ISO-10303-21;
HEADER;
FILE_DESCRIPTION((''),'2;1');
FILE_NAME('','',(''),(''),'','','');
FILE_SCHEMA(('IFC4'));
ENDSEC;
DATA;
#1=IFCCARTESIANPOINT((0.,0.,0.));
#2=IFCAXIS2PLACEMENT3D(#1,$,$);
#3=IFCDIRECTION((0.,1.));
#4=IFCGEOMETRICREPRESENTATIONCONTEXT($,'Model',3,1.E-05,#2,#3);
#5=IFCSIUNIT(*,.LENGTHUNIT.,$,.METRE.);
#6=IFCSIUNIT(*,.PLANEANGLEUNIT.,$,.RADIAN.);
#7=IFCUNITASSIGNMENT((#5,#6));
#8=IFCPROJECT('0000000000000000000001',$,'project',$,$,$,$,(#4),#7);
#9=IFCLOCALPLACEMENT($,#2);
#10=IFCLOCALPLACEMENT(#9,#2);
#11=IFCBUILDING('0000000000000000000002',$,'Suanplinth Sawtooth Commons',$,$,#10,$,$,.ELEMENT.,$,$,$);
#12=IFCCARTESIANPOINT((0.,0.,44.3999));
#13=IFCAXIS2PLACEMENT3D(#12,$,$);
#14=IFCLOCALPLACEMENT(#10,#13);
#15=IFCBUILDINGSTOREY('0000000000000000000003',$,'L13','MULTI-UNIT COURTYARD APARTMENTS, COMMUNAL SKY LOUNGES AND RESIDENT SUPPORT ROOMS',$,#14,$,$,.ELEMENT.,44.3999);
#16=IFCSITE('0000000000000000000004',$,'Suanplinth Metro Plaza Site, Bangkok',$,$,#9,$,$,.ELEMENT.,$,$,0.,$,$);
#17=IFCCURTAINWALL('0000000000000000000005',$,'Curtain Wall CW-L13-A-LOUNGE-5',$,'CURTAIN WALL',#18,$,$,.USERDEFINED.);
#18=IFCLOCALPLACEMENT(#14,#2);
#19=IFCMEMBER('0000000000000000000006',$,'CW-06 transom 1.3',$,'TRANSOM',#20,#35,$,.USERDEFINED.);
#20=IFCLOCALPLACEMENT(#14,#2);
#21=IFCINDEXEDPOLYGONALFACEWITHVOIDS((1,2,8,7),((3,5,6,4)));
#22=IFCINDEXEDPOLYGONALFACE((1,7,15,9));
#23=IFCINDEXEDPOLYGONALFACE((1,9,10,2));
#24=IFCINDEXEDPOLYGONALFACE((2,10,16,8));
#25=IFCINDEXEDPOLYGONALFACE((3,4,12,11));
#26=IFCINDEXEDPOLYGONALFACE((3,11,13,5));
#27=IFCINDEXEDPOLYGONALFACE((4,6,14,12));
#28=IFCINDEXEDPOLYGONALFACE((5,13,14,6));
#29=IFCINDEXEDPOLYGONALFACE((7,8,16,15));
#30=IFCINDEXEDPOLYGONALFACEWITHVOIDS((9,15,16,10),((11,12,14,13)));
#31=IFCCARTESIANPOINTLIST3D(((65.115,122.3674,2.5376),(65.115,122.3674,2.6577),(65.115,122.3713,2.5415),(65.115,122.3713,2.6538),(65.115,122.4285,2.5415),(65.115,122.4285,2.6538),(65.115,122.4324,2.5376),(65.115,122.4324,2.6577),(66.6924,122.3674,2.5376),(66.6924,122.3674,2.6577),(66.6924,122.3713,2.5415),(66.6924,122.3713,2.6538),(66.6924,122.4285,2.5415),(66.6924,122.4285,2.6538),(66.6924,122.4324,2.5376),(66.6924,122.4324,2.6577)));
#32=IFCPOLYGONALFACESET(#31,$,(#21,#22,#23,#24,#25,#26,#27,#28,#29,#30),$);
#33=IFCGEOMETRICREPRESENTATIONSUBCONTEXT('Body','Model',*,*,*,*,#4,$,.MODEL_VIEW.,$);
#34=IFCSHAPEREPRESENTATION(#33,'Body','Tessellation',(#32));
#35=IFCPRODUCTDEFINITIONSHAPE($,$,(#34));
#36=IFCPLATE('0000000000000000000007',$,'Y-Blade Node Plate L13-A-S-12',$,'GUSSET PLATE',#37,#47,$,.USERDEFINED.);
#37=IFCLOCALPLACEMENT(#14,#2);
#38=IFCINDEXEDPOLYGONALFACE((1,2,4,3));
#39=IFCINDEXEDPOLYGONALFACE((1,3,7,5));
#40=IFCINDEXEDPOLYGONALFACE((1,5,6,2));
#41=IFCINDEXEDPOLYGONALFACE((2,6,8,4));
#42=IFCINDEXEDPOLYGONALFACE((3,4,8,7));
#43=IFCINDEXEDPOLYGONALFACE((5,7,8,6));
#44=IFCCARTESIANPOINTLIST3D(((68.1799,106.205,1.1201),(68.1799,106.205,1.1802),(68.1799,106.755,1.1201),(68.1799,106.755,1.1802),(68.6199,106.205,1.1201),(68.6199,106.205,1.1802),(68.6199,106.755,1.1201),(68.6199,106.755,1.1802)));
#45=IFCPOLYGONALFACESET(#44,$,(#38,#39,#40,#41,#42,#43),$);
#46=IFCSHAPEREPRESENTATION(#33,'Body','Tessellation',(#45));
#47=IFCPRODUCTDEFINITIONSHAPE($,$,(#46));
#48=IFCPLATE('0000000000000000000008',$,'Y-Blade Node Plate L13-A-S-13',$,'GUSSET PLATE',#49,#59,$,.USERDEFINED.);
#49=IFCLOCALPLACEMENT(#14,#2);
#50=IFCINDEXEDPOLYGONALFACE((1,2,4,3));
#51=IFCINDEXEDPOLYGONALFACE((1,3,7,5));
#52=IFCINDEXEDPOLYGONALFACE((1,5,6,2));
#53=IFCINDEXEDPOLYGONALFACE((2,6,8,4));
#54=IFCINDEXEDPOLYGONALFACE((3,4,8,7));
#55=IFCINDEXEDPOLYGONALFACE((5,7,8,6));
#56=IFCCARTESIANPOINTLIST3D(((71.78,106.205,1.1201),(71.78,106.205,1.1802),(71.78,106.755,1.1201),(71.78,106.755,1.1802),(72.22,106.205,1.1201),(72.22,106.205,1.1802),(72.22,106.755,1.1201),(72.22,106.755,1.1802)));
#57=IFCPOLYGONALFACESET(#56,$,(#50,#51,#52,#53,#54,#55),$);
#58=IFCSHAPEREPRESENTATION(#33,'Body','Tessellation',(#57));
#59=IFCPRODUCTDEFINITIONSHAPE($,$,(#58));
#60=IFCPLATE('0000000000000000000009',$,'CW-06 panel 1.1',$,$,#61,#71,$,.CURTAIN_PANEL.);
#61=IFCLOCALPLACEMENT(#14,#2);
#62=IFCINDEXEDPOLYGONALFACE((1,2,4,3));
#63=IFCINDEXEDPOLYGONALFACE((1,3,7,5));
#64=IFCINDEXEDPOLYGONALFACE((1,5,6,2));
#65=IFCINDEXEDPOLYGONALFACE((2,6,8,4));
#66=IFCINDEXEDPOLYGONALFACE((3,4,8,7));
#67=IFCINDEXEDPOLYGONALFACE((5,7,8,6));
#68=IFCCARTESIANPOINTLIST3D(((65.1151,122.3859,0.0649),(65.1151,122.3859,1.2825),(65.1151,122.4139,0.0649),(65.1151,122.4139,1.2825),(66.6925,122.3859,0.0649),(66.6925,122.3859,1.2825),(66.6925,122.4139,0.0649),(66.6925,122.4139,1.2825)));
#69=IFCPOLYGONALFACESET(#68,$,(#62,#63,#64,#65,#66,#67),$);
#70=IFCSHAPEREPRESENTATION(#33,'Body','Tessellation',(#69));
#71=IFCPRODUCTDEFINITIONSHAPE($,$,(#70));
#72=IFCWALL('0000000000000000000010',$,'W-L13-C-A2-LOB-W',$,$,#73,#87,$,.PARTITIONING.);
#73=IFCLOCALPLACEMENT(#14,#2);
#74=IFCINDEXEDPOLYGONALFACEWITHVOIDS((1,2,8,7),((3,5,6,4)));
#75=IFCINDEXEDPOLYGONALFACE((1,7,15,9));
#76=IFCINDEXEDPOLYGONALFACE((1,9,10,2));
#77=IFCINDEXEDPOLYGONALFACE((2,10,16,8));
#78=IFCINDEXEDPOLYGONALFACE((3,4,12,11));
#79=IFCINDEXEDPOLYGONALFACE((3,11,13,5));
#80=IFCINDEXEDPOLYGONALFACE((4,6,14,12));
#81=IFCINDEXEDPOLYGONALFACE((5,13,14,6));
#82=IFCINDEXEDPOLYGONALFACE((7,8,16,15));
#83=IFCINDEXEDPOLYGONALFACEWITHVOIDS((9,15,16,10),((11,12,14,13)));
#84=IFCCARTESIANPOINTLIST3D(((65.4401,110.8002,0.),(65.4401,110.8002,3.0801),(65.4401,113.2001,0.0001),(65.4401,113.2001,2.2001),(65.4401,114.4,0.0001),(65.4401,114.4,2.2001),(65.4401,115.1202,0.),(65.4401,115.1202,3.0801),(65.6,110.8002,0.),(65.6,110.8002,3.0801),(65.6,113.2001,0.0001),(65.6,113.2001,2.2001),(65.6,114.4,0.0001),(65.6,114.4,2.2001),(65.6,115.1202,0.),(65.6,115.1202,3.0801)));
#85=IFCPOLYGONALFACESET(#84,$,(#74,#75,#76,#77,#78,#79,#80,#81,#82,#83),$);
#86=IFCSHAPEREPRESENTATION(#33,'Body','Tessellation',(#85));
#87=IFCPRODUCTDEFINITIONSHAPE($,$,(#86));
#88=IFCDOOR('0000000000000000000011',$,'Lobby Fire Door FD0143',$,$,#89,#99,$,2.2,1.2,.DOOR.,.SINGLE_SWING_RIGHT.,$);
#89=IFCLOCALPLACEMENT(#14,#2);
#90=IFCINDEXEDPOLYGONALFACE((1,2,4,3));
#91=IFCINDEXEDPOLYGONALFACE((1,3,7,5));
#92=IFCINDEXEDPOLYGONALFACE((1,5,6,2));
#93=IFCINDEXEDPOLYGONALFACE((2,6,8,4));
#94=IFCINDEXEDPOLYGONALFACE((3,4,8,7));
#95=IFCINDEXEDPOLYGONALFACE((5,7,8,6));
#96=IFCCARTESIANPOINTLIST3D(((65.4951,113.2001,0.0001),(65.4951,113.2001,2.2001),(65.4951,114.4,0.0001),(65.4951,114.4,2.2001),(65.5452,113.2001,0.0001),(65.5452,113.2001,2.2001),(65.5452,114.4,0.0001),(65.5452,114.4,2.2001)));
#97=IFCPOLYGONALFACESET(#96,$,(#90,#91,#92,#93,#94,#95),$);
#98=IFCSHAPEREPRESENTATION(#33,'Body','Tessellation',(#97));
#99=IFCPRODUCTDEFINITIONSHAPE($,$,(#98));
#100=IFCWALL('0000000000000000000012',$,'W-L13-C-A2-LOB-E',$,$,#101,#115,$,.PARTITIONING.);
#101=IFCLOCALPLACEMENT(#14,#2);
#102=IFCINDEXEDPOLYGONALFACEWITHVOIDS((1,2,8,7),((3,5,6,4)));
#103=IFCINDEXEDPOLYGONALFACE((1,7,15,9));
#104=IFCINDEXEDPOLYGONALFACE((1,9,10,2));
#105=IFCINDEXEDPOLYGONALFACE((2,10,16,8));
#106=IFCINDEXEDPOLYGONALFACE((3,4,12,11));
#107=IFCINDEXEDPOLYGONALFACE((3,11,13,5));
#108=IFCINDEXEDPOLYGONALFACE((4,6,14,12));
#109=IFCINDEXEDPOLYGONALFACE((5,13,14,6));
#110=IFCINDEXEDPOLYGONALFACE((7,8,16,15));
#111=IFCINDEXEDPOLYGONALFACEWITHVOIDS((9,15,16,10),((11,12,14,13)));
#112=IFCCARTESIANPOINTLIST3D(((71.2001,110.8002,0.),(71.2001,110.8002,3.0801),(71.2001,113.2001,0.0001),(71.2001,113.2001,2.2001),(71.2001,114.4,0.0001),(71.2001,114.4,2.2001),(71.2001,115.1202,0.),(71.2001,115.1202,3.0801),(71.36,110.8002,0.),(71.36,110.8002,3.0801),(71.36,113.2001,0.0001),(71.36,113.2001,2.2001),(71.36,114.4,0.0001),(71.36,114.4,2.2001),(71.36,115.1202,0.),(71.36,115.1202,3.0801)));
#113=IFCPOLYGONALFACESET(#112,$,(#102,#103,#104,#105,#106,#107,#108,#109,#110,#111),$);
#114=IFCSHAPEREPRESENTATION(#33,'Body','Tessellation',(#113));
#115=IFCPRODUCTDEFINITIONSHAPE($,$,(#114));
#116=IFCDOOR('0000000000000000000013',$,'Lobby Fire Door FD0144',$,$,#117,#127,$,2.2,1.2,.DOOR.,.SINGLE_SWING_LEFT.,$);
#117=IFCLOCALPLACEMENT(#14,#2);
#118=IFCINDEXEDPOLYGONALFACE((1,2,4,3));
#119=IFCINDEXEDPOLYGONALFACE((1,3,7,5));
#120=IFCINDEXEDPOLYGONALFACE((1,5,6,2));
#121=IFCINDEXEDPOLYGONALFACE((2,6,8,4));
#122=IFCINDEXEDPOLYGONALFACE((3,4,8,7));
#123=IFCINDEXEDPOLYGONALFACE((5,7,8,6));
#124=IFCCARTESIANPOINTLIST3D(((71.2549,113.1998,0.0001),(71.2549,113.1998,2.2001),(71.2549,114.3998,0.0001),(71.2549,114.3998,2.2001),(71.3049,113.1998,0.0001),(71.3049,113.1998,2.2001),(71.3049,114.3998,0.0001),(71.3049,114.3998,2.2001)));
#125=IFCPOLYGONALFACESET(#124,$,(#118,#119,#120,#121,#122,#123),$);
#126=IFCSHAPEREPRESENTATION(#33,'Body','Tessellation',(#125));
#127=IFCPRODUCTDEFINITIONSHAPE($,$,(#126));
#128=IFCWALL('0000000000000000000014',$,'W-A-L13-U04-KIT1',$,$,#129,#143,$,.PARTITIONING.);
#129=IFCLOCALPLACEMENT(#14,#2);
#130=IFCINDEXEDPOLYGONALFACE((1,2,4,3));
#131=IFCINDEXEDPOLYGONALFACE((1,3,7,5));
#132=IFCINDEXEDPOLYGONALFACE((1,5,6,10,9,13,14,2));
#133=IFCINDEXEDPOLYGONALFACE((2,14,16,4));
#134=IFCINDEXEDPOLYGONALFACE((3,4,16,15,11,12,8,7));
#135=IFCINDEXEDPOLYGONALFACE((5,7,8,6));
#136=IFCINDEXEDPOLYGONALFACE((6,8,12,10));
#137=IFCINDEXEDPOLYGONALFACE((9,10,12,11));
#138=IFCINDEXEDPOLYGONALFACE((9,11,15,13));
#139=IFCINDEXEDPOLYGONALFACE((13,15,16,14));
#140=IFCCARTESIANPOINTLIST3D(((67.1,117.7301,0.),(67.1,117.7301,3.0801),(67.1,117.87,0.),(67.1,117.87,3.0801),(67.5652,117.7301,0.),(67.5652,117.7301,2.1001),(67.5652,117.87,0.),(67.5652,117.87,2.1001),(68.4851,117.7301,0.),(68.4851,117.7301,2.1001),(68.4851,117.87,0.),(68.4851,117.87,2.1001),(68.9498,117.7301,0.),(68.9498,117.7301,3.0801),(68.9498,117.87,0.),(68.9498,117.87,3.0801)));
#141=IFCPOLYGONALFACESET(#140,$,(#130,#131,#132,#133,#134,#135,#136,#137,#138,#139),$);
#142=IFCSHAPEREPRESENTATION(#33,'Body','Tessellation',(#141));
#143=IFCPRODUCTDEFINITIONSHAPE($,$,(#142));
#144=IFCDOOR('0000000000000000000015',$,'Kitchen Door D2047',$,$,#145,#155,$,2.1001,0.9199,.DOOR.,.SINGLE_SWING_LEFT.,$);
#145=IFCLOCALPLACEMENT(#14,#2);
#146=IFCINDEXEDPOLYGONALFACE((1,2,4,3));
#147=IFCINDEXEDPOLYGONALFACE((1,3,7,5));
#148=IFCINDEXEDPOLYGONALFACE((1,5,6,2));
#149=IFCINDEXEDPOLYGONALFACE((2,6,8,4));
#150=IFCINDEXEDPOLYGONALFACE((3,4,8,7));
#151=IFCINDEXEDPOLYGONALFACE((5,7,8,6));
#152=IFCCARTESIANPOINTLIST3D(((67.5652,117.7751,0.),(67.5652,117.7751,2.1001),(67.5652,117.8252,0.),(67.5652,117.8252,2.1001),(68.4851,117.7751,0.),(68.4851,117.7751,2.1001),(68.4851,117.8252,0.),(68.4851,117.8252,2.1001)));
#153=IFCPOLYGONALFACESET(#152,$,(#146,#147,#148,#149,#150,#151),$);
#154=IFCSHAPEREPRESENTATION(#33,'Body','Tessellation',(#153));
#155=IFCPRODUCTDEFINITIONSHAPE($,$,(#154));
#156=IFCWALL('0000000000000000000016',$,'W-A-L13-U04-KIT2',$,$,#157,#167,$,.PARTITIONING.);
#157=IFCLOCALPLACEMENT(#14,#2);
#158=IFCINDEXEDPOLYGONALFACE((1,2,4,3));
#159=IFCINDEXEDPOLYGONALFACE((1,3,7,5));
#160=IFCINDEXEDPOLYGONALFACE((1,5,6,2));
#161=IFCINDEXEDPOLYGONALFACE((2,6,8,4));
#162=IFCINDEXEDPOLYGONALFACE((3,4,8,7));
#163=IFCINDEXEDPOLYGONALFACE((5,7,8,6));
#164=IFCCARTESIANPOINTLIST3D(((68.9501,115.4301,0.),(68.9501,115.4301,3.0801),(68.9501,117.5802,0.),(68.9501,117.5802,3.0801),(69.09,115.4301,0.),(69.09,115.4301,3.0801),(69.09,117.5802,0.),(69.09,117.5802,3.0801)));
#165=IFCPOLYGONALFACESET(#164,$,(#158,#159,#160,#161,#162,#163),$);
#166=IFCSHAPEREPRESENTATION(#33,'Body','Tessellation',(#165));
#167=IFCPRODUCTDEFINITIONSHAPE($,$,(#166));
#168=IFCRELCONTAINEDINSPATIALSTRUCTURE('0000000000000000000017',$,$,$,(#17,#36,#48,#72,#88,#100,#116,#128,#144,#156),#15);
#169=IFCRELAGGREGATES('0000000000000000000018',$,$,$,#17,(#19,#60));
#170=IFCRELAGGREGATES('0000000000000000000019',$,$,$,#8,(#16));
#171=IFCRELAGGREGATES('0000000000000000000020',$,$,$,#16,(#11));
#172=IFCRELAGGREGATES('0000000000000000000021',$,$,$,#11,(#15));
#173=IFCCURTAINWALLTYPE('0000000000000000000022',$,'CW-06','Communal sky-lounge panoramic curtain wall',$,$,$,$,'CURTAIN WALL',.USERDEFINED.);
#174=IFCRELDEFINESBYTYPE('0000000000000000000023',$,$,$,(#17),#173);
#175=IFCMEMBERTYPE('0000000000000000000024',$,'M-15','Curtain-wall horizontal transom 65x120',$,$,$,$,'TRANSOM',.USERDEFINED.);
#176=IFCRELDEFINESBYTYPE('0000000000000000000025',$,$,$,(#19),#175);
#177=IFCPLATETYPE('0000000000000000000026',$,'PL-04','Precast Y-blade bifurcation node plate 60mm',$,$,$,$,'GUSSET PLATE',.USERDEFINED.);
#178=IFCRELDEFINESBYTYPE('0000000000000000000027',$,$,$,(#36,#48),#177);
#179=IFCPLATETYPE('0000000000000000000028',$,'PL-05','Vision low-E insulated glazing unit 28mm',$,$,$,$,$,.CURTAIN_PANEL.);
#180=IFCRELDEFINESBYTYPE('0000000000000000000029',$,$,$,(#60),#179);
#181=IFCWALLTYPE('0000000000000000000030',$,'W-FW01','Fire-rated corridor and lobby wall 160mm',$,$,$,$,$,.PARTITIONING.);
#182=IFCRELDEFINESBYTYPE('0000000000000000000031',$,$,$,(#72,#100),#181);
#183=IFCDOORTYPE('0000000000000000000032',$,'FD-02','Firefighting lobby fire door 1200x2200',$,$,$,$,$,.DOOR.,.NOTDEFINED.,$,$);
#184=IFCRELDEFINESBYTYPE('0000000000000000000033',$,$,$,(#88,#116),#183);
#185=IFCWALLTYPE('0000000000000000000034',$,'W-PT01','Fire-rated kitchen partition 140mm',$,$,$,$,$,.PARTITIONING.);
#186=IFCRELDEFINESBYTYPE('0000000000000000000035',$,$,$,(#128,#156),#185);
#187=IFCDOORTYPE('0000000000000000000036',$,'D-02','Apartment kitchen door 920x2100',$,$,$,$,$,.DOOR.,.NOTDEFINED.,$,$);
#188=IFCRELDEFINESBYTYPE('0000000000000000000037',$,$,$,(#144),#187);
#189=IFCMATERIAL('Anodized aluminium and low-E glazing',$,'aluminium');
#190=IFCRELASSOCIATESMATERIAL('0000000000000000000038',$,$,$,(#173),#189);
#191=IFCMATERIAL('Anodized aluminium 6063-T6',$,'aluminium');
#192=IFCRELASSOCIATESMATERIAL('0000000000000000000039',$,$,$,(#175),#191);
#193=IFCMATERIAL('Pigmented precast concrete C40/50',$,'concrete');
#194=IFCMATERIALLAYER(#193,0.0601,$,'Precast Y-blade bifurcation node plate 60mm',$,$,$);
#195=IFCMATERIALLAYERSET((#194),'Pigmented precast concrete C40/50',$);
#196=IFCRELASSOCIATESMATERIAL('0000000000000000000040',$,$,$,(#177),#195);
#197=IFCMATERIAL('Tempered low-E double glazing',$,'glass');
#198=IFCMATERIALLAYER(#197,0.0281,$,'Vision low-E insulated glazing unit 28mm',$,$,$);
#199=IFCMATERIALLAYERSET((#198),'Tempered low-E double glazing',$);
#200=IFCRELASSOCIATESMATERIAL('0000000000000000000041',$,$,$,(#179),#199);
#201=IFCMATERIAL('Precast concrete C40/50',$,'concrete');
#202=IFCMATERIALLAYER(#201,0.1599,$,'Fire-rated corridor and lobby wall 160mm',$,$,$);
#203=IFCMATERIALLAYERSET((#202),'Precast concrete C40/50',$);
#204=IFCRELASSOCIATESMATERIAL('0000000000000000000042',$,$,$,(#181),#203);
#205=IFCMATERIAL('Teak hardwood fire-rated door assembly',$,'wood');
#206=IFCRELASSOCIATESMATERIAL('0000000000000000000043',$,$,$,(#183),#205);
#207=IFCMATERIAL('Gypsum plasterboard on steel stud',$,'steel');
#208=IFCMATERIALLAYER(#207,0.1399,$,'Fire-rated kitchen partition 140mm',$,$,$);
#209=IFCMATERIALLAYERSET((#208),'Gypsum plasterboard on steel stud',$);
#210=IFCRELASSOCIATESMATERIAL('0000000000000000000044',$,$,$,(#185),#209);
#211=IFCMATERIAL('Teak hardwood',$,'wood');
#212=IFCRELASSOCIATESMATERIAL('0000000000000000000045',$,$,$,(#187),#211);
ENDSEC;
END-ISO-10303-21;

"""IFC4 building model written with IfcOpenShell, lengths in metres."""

from ifc_helpers import new_model, si_unit, direction, frame, frame_2d, origin, origin_2d, place, context, subcontext, project, spatial, rectangle, hollow_rectangle, extrude, material, layer, layer_set, material_profile, profile_set, type_object, element, fill, aggregate, save


model = new_model("IFC4")

# Units and contexts
model_context = context("Model", 3, precision=1e-05, world=origin(), true_north=direction((0.0, 1.0)))
body_context = subcontext(model_context, "Body", "Model", "MODEL_VIEW")
ifc_project = project(units=[si_unit("LENGTHUNIT", "METRE"), si_unit("PLANEANGLEUNIT", "RADIAN")], contexts=[model_context])

# Site, building, storey
site_placement = place(None, origin())
site = spatial("IfcSite", under=ifc_project, at=site_placement, Name="Suanplinth Metro Plaza Site, Bangkok", CompositionType="ELEMENT", RefElevation=0.0)
building_placement = place(site_placement, origin())
building = spatial("IfcBuilding", under=site, at=building_placement, Name="Suanplinth Sawtooth Commons", CompositionType="ELEMENT")
storey_placement = place(building_placement, frame((0.0, 0.0, 44.3999)))
storey = spatial("IfcBuildingStorey", under=building, at=storey_placement, Name="L13", Description="MULTI-UNIT COURTYARD APARTMENTS, COMMUNAL SKY LOUNGES AND RESIDENT SUPPORT ROOMS", CompositionType="ELEMENT", Elevation=44.3999)

# Shared definitions
ifc_material_1 = material(Name="Precast concrete C40/50", Category="concrete")

# Shared definitions
ifc_material_2 = material(Name="Pigmented precast concrete C40/50", Category="concrete")

# Curtain wall, member
ifc_material_3 = material(Name="Anodized aluminium and low-E glazing", Category="aluminium")
curtain_wall_type = type_object("IfcCurtainWallType", Name="CW-06", Description="Communal sky-lounge panoramic curtain wall", ElementType="CURTAIN WALL", PredefinedType="USERDEFINED", material=ifc_material_3)
curtain_wall_placement = place(storey_placement, origin())
curtain_wall = element("IfcCurtainWall", 1, at=curtain_wall_placement, inside=storey, type_object=curtain_wall_type, Name="Curtain Wall CW-L13-A-LOUNGE-5", ObjectType="CURTAIN WALL", PredefinedType="USERDEFINED")
ifc_material_4 = material(Name="Anodized aluminium 6063-T6", Category="aluminium")
ifc_material_profile_1 = material_profile(ifc_material_4, hollow_rectangle(XDim=0.0649, YDim=0.1201, WallThickness=0.0039, at=origin_2d()), Name="ALU-TRN 65x120")
ifc_profile_set_1 = profile_set([ifc_material_profile_1], Name="Anodized aluminium 6063-T6")
member_type_1 = type_object("IfcMemberType", Name="M-15", Description="Curtain-wall horizontal transom 65x120", ElementType="TRANSOM", PredefinedType="USERDEFINED", material=ifc_profile_set_1)
member_1_placement = place(storey_placement, frame((65.115, 122.3999, 2.5977), z_axis=(1.0, 0.0, 0.0), x_axis=(0.0, 1.0, 0.0)))
member_1 = element("IfcMember", 2, at=member_1_placement, type_object=member_type_1, Name="CW-06 transom 1.3", ObjectType="TRANSOM", PredefinedType="USERDEFINED", context=body_context, shape_type="SweptSolid", body=[
    extrude(hollow_rectangle(XDim=0.0649, YDim=0.1201, WallThickness=0.0039, at=origin_2d()), origin(), (0.0, 0.0, 1.0), 1.5774),
])

# Plates
ifc_layer_1 = layer(ifc_material_2, 0.0601, Name="Precast Y-blade bifurcation node plate 60mm")
ifc_layer_set_1 = layer_set([ifc_layer_1], Name="Pigmented precast concrete C40/50")
plate_type_1 = type_object("IfcPlateType", Name="PL-04", Description="Precast Y-blade bifurcation node plate 60mm", ElementType="GUSSET PLATE", PredefinedType="USERDEFINED", material=ifc_layer_set_1)
for number, where, z_axis, x_axis, name in (
    (3, (68.3999, 106.48, 1.1201), (0.0, 0.0, 1.0), (1.0, 0.0, 0.0), "Y-Blade Node Plate L13-A-S-12"),
    (4, (72.0, 106.48, 1.1201), (0.0, 0.0, 1.0), (1.0, 0.0, 0.0), "Y-Blade Node Plate L13-A-S-13"),
):
    element("IfcPlate", number, at=place(storey_placement, frame(where, z_axis=z_axis, x_axis=x_axis)), inside=storey, type_object=plate_type_1, Name=name, ObjectType="GUSSET PLATE", PredefinedType="USERDEFINED", context=body_context, shape_type="SweptSolid", body=[
        extrude(rectangle(XDim=0.4399, YDim=0.55, at=origin_2d()), origin(), (0.0, 0.0, 1.0), 0.0601),
    ])

# Plate
ifc_material_5 = material(Name="Tempered low-E double glazing", Category="glass")
ifc_layer_2 = layer(ifc_material_5, 0.0281, Name="Vision low-E insulated glazing unit 28mm")
ifc_layer_set_2 = layer_set([ifc_layer_2], Name="Tempered low-E double glazing")
plate_type_2 = type_object("IfcPlateType", Name="PL-05", Description="Vision low-E insulated glazing unit 28mm", PredefinedType="CURTAIN_PANEL", material=ifc_layer_set_2)
plate_placement = place(storey_placement, frame((65.9038, 122.3999, 0.0649), z_axis=(0.0, 0.0, 1.0), x_axis=(1.0, 0.0, 0.0)))
plate = element("IfcPlate", 5, at=plate_placement, type_object=plate_type_2, Name="CW-06 panel 1.1", PredefinedType="CURTAIN_PANEL", context=body_context, shape_type="SweptSolid", body=[
    extrude(rectangle(XDim=1.5774, YDim=0.0281, at=origin_2d()), origin(), (0.0, 0.0, 1.0), 1.2175),
])
aggregate(curtain_wall, [member_1, plate])

# Walls, openings, doors
ifc_layer_3 = layer(ifc_material_1, 0.1599, Name="Fire-rated corridor and lobby wall 160mm")
ifc_layer_set_3 = layer_set([ifc_layer_3], Name="Precast concrete C40/50")
wall_type_1 = type_object("IfcWallType", Name="W-FW01", Description="Fire-rated corridor and lobby wall 160mm", PredefinedType="PARTITIONING", material=ifc_layer_set_3)
wall_1_placement = place(storey_placement, frame((65.52, 110.8, 0.0), z_axis=(0.0, 0.0, 1.0), x_axis=(0.0, 1.0, 0.0)))
wall_1 = element("IfcWall", 6, at=wall_1_placement, inside=storey, type_object=wall_type_1, Name="W-L13-C-A2-LOB-W", PredefinedType="PARTITIONING", context=body_context, shape_type="SweptSolid", body=[
    extrude(rectangle(XDim=4.3201, YDim=0.1599, at=frame_2d((2.1602, 0.0))), origin(), (0.0, 0.0, 1.0), 3.0801),
])
opening_1_placement = place(wall_1_placement, frame((2.3999, 0.0, 0.0)))
opening_1 = element("IfcOpeningElement", 7, at=opening_1_placement, cuts=wall_1, PredefinedType="OPENING", context=body_context, shape_type="SweptSolid", body=[
    extrude(rectangle(XDim=1.2, YDim=2.2, at=frame_2d((0.6001, 1.1001))), frame((0.0, 0.0947, 0.0), z_axis=(0.0, -1.0, 0.0), x_axis=(1.0, 0.0, 0.0)), (0.0, 0.0, 1.0), 0.1897),
])
ifc_material_6 = material(Name="Teak hardwood fire-rated door assembly", Category="wood")
door_type_1 = type_object("IfcDoorType", Name="FD-02", Description="Firefighting lobby fire door 1200x2200", OperationType="NOTDEFINED", PredefinedType="DOOR", material=ifc_material_6)
door_1_placement = place(opening_1_placement, origin())
door_1 = element("IfcDoor", 8, at=door_1_placement, inside=storey, type_object=door_type_1, Name="Lobby Fire Door FD0143", OperationType="SINGLE_SWING_RIGHT", OverallHeight=2.2, OverallWidth=1.2, PredefinedType="DOOR", context=body_context, shape_type="SweptSolid", body=[
    extrude(rectangle(XDim=1.2, YDim=2.2, at=frame_2d((0.6001, 1.1001))), frame((0.0, 0.0249, 0.0), z_axis=(0.0, -1.0, 0.0), x_axis=(1.0, 0.0, 0.0)), (0.0, 0.0, 1.0), 0.05),
])
fill(opening_1, door_1)
wall_2_placement = place(storey_placement, frame((71.28, 110.8, 0.0), z_axis=(0.0, 0.0, 1.0), x_axis=(0.0, 1.0, 0.0)))
wall_2 = element("IfcWall", 9, at=wall_2_placement, inside=storey, type_object=wall_type_1, Name="W-L13-C-A2-LOB-E", PredefinedType="PARTITIONING", context=body_context, shape_type="SweptSolid", body=[
    extrude(rectangle(XDim=4.3201, YDim=0.1599, at=frame_2d((2.1602, 0.0))), origin(), (0.0, 0.0, 1.0), 3.0801),
])
opening_2_placement = place(wall_2_placement, frame((2.3999, 0.0, 0.0)))
opening_2 = element("IfcOpeningElement", 10, at=opening_2_placement, cuts=wall_2, PredefinedType="OPENING", context=body_context, shape_type="SweptSolid", body=[
    extrude(rectangle(XDim=1.2, YDim=2.2, at=frame_2d((0.6001, 1.1001))), frame((0.0, 0.0947, 0.0), z_axis=(0.0, -1.0, 0.0), x_axis=(1.0, 0.0, 0.0)), (0.0, 0.0, 1.0), 0.1897),
])
door_2_placement = place(opening_2_placement, frame((1.2, 0.0, 0.0), z_axis=(0.0, 0.0, 1.0), x_axis=(-1.0, 0.0, 0.0)))
door_2 = element("IfcDoor", 11, at=door_2_placement, inside=storey, type_object=door_type_1, Name="Lobby Fire Door FD0144", OperationType="SINGLE_SWING_LEFT", OverallHeight=2.2, OverallWidth=1.2, PredefinedType="DOOR", context=body_context, shape_type="SweptSolid", body=[
    extrude(rectangle(XDim=1.2, YDim=2.2, at=frame_2d((0.6001, 1.1001))), frame((0.0, 0.0249, 0.0), z_axis=(0.0, -1.0, 0.0), x_axis=(1.0, 0.0, 0.0)), (0.0, 0.0, 1.0), 0.05),
])
fill(opening_2, door_2)
ifc_material_7 = material(Name="Gypsum plasterboard on steel stud", Category="steel")
ifc_layer_4 = layer(ifc_material_7, 0.1399, Name="Fire-rated kitchen partition 140mm")
ifc_layer_set_4 = layer_set([ifc_layer_4], Name="Gypsum plasterboard on steel stud")
wall_type_2 = type_object("IfcWallType", Name="W-PT01", Description="Fire-rated kitchen partition 140mm", PredefinedType="PARTITIONING", material=ifc_layer_set_4)
wall_3_placement = place(storey_placement, frame((67.1001, 117.8, 0.0), z_axis=(0.0, 0.0, 1.0), x_axis=(1.0, 0.0, 0.0)))
wall_3 = element("IfcWall", 12, at=wall_3_placement, inside=storey, type_object=wall_type_2, Name="W-A-L13-U04-KIT1", PredefinedType="PARTITIONING", context=body_context, shape_type="SweptSolid", body=[
    extrude(rectangle(XDim=1.8499, YDim=0.1399, at=frame_2d((0.9248, 0.0))), origin(), (0.0, 0.0, 1.0), 3.0801),
])
opening_3_placement = place(wall_3_placement, frame((0.4651, 0.0, 0.0)))
opening_3 = element("IfcOpeningElement", 13, at=opening_3_placement, cuts=wall_3, PredefinedType="OPENING", context=body_context, shape_type="SweptSolid", body=[
    extrude(rectangle(XDim=0.9199, YDim=2.1001, at=frame_2d((0.46, 1.05))), frame((0.0, 0.085, 0.0), z_axis=(0.0, -1.0, 0.0), x_axis=(1.0, 0.0, 0.0)), (0.0, 0.0, 1.0), 0.1697),
])
ifc_material_8 = material(Name="Teak hardwood", Category="wood")
door_type_2 = type_object("IfcDoorType", Name="D-02", Description="Apartment kitchen door 920x2100", OperationType="NOTDEFINED", PredefinedType="DOOR", material=ifc_material_8)
door_3_placement = place(opening_3_placement, frame((0.9199, 0.0, 0.0), z_axis=(0.0, 0.0, 1.0), x_axis=(-1.0, 0.0, 0.0)))
door_3 = element("IfcDoor", 14, at=door_3_placement, inside=storey, type_object=door_type_2, Name="Kitchen Door D2047", OperationType="SINGLE_SWING_LEFT", OverallHeight=2.1001, OverallWidth=0.9199, PredefinedType="DOOR", context=body_context, shape_type="SweptSolid", body=[
    extrude(rectangle(XDim=0.9199, YDim=2.1001, at=frame_2d((0.46, 1.05))), frame((0.0, 0.0249, 0.0), z_axis=(0.0, -1.0, 0.0), x_axis=(1.0, 0.0, 0.0)), (0.0, 0.0, 1.0), 0.05),
])
fill(opening_3, door_3)

# Wall
wall_4_placement = place(storey_placement, frame((69.02, 115.4299, 0.0), z_axis=(0.0, 0.0, 1.0), x_axis=(0.0, 1.0, 0.0)))
element("IfcWall", 15, at=wall_4_placement, inside=storey, type_object=wall_type_2, Name="W-A-L13-U04-KIT2", PredefinedType="PARTITIONING", context=body_context, shape_type="SweptSolid", body=[
    extrude(rectangle(XDim=2.1501, YDim=0.1399, at=frame_2d((1.0752, 0.0))), origin(), (0.0, 0.0, 1.0), 3.0801),
])

save(model, "model.ifc")
